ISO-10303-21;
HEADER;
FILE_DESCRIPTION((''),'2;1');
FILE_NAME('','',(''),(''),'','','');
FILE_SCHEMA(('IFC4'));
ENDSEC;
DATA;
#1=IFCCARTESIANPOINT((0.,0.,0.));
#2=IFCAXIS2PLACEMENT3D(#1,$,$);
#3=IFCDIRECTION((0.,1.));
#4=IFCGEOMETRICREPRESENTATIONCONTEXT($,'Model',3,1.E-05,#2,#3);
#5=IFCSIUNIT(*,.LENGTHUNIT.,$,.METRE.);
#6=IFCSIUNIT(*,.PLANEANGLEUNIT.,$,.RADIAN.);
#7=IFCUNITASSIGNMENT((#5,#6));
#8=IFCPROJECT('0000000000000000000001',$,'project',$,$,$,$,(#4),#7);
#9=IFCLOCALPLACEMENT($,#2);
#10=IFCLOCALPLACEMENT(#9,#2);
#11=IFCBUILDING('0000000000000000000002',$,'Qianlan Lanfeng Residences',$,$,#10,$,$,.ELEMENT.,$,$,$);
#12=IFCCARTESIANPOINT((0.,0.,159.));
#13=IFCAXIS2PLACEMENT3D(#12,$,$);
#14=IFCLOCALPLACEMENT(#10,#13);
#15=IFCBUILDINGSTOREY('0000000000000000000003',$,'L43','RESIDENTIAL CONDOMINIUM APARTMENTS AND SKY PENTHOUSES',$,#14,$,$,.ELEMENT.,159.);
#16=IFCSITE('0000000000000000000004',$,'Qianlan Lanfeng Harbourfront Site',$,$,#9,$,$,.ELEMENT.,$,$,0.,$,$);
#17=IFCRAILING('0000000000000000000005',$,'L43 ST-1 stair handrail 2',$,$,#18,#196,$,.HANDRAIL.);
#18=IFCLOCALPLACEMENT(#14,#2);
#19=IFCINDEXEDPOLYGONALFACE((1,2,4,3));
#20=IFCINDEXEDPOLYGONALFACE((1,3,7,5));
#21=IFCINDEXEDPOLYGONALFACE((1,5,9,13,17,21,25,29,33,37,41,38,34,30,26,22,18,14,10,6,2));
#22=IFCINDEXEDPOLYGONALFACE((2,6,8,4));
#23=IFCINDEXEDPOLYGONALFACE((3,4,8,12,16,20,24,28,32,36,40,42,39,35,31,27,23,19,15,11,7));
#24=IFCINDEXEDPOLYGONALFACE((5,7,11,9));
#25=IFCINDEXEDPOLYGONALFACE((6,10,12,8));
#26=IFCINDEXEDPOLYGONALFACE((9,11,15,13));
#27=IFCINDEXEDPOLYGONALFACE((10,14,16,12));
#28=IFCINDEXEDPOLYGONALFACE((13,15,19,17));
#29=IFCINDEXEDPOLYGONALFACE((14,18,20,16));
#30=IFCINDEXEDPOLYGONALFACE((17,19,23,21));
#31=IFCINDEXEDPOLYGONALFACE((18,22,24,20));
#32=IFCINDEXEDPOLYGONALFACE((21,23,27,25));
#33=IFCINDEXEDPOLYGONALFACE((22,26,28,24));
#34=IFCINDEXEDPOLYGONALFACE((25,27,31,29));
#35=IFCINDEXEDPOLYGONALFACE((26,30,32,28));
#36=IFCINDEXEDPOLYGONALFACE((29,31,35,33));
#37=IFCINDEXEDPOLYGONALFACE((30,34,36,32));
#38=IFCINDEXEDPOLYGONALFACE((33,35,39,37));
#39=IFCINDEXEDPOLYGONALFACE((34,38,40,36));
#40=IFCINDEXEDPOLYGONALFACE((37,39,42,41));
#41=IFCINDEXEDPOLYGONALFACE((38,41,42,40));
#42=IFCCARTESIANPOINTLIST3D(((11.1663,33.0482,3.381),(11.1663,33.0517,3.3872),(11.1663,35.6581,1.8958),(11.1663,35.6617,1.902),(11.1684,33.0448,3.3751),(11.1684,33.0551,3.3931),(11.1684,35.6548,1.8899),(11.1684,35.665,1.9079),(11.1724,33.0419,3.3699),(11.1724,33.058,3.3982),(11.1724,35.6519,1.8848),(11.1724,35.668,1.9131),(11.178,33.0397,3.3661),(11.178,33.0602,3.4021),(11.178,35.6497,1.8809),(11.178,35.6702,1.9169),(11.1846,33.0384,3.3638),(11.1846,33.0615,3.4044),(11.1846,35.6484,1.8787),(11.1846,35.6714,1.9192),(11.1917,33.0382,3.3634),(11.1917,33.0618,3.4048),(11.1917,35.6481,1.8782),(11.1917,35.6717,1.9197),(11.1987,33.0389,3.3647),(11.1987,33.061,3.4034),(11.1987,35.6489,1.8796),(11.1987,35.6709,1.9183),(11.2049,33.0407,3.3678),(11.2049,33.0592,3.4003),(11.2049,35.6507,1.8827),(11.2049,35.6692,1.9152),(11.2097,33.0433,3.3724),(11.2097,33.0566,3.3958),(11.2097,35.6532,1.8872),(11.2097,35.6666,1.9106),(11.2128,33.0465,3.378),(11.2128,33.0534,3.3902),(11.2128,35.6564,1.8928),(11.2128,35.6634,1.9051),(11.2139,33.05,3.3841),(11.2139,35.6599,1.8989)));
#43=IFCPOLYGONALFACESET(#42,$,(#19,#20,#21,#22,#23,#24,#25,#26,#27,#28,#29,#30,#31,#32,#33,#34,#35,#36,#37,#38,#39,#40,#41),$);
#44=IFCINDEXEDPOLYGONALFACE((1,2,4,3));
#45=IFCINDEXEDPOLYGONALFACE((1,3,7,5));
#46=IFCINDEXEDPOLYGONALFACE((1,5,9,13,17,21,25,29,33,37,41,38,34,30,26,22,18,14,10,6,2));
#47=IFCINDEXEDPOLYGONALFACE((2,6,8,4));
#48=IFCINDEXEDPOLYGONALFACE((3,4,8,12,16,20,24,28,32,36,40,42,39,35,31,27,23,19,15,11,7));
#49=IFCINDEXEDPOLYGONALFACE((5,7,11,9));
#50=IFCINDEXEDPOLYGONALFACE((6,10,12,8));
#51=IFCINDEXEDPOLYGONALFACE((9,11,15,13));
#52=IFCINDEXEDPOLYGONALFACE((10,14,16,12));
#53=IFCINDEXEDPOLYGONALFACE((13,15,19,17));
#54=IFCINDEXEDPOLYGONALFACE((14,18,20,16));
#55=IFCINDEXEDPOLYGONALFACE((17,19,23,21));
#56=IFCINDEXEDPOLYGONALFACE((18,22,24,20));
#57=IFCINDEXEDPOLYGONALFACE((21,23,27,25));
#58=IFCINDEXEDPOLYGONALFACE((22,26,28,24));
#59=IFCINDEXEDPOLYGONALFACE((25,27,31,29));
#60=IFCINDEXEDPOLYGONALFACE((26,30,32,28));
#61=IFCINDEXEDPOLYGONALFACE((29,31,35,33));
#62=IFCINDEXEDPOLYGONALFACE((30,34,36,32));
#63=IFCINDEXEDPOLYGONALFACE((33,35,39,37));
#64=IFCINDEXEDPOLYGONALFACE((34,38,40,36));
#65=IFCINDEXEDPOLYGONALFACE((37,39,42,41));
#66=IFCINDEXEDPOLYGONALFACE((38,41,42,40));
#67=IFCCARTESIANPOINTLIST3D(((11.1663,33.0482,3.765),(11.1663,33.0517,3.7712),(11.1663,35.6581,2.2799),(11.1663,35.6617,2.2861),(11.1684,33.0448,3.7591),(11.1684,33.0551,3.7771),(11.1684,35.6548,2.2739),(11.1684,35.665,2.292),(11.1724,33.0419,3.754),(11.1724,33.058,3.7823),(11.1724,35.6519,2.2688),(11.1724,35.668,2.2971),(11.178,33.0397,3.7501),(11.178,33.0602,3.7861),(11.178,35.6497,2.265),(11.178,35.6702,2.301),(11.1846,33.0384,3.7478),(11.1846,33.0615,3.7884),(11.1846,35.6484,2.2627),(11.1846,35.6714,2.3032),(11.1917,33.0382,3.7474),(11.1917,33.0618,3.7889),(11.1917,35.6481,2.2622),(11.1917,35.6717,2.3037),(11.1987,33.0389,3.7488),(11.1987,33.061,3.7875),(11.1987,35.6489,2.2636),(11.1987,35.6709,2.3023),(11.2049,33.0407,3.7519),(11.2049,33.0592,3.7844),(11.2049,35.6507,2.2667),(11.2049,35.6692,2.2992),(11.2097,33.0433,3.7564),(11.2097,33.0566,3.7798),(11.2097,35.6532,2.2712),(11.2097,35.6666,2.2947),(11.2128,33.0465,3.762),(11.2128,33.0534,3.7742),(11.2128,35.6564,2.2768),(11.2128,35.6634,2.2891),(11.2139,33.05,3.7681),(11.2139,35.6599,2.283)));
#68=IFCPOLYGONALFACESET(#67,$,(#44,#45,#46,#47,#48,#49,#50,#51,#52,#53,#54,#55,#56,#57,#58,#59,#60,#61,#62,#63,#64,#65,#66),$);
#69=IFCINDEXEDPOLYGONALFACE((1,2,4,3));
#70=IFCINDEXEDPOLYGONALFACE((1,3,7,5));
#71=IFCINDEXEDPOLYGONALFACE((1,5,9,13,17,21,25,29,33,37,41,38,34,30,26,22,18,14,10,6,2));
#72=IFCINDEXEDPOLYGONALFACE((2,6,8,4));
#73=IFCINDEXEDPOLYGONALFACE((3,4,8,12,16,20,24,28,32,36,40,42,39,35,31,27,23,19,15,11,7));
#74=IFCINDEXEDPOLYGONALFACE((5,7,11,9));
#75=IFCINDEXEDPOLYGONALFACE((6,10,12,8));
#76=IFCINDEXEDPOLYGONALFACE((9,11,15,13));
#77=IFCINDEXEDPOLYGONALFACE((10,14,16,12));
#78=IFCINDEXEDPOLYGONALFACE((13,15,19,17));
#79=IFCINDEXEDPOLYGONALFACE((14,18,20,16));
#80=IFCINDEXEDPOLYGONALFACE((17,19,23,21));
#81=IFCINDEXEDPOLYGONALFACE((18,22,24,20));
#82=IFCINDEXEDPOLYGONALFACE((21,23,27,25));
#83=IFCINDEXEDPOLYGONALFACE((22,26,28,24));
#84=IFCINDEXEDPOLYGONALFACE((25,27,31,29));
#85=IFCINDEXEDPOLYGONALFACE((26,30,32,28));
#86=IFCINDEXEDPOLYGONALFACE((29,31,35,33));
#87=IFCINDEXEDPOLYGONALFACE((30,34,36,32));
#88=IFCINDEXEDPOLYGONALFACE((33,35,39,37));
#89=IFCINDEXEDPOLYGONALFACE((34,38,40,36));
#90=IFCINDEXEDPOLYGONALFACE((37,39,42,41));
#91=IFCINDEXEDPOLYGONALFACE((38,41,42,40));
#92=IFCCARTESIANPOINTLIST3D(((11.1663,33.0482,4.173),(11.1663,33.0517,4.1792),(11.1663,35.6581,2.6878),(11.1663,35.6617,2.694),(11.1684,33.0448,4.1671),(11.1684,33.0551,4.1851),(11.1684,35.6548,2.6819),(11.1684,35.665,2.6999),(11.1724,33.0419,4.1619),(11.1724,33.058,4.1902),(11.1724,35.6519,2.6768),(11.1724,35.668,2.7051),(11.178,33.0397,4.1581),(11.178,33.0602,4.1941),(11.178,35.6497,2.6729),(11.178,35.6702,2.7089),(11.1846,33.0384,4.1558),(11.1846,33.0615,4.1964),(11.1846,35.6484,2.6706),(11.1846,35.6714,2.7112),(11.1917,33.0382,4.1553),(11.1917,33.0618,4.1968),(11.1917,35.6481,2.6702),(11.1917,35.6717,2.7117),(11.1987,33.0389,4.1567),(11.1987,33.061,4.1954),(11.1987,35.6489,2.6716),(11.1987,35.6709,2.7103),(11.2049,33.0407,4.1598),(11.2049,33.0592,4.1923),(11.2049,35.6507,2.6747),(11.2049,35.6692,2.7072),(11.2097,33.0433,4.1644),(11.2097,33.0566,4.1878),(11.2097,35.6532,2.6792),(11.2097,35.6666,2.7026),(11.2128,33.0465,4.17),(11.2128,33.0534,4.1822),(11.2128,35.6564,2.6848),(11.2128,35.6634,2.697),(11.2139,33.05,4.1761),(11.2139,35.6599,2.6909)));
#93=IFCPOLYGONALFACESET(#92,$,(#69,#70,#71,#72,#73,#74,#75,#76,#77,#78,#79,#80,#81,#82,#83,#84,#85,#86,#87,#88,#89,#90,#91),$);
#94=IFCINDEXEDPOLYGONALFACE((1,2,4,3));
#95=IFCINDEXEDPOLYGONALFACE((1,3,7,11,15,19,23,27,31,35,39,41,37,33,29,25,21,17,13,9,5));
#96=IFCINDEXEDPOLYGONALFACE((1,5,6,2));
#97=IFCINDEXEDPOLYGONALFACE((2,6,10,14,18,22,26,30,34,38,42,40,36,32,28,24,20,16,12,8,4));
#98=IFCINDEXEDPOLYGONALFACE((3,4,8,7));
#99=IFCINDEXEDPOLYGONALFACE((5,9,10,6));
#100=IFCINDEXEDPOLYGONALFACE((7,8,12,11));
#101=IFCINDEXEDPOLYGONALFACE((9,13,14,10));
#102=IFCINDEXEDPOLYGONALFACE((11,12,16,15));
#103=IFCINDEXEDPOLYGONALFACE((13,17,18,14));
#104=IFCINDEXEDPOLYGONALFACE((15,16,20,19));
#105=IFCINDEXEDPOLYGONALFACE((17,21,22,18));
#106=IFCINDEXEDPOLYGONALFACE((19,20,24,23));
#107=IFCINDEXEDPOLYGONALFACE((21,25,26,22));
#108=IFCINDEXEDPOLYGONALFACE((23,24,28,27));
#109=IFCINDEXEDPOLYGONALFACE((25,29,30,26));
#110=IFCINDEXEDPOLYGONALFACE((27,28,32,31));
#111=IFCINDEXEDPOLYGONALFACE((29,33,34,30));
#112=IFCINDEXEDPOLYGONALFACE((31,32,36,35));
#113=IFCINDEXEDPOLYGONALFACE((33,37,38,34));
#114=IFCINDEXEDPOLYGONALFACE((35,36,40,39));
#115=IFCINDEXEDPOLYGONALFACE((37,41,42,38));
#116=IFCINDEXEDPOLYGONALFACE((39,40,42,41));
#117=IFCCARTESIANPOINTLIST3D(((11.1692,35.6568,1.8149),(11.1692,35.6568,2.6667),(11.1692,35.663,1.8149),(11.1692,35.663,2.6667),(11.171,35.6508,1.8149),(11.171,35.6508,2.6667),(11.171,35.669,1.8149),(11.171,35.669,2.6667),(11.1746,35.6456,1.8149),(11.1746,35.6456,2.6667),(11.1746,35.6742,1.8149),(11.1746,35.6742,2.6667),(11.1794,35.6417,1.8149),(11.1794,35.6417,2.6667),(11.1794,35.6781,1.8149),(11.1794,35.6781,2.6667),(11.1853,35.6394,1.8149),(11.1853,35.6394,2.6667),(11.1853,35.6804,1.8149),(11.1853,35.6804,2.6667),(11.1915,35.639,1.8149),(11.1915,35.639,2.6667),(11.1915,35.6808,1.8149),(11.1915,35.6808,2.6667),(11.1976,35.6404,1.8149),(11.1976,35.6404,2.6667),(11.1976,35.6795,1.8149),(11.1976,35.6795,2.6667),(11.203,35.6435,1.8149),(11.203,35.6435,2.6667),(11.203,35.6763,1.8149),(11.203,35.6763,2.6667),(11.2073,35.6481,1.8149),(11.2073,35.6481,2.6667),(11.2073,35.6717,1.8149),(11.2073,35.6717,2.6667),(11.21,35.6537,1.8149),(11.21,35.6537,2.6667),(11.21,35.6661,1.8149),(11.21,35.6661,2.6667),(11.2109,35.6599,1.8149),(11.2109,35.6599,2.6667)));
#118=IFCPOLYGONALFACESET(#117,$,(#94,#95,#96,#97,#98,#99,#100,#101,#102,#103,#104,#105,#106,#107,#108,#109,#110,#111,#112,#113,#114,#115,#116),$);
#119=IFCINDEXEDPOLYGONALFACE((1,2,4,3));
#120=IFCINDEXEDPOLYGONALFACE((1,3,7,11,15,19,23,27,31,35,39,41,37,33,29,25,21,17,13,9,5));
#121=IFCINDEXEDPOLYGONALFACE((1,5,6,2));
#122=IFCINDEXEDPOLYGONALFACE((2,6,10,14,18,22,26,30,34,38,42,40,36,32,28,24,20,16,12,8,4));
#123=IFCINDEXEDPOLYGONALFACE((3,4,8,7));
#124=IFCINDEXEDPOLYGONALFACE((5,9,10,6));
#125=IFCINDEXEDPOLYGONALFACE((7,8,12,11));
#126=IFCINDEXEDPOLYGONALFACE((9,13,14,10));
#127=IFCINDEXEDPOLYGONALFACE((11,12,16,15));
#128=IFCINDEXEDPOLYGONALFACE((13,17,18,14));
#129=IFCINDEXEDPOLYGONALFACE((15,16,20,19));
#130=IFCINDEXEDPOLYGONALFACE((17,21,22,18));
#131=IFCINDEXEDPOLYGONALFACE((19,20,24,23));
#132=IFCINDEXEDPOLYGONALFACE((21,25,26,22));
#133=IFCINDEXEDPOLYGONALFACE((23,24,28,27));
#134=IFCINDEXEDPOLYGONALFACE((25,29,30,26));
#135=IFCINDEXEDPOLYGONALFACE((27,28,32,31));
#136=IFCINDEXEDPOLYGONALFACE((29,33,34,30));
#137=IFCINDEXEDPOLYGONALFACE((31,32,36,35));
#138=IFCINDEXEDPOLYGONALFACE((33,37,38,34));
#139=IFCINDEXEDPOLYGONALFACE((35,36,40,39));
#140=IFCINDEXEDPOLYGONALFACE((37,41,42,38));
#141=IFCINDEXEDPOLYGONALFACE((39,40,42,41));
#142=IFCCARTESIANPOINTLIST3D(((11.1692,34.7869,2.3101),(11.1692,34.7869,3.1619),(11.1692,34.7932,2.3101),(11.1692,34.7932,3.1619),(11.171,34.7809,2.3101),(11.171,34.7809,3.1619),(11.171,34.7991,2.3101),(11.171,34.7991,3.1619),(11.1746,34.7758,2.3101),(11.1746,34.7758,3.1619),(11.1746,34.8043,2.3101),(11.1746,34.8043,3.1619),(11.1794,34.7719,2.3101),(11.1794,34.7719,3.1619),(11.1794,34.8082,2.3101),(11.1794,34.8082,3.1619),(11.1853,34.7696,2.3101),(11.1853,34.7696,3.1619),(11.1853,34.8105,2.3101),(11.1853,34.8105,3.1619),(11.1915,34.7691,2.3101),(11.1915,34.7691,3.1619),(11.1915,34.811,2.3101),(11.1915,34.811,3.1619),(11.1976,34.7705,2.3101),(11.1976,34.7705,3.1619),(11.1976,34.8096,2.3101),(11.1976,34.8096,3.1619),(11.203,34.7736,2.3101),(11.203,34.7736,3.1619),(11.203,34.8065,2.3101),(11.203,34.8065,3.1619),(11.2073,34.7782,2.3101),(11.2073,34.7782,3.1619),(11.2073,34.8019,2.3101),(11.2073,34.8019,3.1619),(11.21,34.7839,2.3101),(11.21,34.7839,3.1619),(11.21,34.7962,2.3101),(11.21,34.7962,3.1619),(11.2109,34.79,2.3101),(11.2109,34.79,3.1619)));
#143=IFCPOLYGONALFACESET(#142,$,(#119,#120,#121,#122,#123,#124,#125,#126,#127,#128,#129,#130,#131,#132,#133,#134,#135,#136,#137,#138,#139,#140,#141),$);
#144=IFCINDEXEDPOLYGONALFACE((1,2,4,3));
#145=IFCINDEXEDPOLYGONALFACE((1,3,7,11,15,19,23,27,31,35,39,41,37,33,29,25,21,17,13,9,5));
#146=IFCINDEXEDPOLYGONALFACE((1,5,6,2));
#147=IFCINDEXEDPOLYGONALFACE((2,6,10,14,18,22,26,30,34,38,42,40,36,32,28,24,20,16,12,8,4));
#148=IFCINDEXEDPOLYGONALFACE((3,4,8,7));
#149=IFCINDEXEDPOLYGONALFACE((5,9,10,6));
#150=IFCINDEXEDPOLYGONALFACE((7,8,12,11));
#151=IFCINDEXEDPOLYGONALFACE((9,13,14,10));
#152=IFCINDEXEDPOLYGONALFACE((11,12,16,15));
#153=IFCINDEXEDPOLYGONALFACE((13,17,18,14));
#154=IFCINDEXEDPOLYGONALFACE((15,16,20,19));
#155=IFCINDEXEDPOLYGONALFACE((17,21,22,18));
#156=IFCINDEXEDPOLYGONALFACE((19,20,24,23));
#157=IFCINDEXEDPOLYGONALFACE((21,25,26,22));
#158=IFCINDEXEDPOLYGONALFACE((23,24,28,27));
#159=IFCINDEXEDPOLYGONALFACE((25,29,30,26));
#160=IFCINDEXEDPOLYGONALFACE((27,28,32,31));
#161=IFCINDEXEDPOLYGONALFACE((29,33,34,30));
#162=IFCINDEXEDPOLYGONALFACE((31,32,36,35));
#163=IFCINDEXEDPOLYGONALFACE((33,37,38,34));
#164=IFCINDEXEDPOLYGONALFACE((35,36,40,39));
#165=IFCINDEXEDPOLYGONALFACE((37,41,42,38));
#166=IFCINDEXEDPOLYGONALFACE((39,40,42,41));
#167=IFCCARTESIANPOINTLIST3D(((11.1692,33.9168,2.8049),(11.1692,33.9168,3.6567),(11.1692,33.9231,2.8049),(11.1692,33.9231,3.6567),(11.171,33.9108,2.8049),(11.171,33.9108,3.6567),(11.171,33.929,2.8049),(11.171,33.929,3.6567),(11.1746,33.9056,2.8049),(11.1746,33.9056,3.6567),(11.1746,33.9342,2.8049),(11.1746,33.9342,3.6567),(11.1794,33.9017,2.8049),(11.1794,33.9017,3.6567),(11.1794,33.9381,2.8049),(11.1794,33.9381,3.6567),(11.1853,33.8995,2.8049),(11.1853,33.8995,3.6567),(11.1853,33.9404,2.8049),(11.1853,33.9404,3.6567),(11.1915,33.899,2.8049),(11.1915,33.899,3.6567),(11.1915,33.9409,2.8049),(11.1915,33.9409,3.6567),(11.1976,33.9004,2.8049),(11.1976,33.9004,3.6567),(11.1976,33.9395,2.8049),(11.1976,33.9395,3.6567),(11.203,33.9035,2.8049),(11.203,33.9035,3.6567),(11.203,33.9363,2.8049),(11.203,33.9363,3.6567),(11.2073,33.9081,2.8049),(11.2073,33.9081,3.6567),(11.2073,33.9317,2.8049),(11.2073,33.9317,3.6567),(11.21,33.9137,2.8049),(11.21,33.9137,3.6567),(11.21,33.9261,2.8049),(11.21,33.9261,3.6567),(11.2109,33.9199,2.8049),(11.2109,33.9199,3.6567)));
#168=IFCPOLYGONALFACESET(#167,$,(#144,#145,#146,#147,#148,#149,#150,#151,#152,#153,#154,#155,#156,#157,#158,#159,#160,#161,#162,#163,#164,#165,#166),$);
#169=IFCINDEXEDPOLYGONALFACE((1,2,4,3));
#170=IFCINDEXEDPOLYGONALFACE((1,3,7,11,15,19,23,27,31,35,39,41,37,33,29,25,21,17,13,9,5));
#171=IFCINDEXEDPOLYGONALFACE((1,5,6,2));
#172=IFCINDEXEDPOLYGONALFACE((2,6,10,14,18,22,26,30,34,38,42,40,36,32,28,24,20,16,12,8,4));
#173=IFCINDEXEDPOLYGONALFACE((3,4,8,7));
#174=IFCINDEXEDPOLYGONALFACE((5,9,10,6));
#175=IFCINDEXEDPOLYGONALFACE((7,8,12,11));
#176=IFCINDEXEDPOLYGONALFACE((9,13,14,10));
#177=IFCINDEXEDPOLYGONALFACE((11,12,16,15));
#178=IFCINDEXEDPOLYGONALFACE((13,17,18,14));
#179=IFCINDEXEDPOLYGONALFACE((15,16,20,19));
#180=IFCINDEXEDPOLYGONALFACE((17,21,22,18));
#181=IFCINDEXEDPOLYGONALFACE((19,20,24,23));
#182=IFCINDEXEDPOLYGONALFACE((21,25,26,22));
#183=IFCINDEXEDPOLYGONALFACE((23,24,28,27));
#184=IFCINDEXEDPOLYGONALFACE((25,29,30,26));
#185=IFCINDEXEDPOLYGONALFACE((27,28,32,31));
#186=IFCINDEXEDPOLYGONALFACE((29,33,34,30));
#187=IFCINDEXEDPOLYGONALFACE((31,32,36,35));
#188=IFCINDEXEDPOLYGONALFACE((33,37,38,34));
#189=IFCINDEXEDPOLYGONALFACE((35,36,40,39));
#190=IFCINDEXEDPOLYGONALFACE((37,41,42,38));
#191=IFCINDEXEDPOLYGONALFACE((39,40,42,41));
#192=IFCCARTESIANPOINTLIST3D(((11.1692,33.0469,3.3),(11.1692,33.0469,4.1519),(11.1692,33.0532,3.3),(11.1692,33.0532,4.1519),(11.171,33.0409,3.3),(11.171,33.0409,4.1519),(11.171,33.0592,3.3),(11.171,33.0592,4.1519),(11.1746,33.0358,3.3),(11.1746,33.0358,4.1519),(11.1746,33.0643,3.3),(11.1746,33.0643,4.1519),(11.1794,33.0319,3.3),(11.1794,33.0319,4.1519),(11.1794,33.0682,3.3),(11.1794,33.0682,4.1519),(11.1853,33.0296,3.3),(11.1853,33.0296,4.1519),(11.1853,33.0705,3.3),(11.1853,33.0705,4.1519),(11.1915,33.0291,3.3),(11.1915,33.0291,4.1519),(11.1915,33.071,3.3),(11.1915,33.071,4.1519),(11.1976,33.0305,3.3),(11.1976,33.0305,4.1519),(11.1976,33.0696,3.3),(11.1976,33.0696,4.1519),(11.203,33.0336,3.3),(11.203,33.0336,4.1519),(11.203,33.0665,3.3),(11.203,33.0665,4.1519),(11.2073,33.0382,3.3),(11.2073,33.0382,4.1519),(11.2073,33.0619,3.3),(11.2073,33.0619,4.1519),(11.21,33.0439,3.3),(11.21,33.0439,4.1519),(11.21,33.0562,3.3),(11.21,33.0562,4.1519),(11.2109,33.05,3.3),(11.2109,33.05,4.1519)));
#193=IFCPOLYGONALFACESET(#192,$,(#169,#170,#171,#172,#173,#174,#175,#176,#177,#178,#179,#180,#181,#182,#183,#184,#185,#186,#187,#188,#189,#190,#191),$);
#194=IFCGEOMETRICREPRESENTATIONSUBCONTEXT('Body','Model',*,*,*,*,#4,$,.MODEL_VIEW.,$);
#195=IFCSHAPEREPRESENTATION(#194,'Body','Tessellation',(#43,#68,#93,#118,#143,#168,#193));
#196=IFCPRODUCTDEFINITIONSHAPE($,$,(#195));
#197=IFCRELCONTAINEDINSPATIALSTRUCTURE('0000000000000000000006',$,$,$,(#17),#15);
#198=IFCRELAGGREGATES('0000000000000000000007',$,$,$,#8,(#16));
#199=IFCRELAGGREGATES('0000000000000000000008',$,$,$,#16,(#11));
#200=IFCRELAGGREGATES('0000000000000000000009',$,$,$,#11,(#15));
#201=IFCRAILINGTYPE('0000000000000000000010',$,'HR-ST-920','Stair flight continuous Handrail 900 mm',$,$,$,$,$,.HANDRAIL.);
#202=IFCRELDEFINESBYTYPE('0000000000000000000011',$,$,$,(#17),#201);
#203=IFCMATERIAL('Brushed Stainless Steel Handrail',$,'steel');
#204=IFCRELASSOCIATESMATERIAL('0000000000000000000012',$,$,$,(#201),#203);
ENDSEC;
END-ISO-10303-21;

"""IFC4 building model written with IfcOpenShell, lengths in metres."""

from ifc_helpers import new_model, si_unit, direction, frame, origin, origin_2d, place, context, subcontext, project, spatial, circle, extrude, material, type_object, element, save


model = new_model("IFC4")

# Units and contexts
model_context = context("Model", 3, precision=1e-05, world=origin(), true_north=direction((0.0, 1.0)))
body_context = subcontext(model_context, "Body", "Model", "MODEL_VIEW")
ifc_project = project(units=[si_unit("LENGTHUNIT", "METRE"), si_unit("PLANEANGLEUNIT", "RADIAN")], contexts=[model_context])

# Site, building, storey
site_placement = place(None, origin())
site = spatial("IfcSite", under=ifc_project, at=site_placement, Name="Qianlan Lanfeng Harbourfront Site", CompositionType="ELEMENT", RefElevation=0.0)
building_placement = place(site_placement, origin())
building = spatial("IfcBuilding", under=site, at=building_placement, Name="Qianlan Lanfeng Residences", CompositionType="ELEMENT")
storey_placement = place(building_placement, frame((0.0, 0.0, 159.0)))
storey = spatial("IfcBuildingStorey", under=building, at=storey_placement, Name="L43", Description="RESIDENTIAL CONDOMINIUM APARTMENTS AND SKY PENTHOUSES", CompositionType="ELEMENT", Elevation=159.0)

# Railing
ifc_material_1 = material(Name="Brushed Stainless Steel Handrail", Category="steel")
railing_type_1 = type_object("IfcRailingType", Name="HR-ST-920", Description="Stair flight continuous Handrail 900 mm", PredefinedType="HANDRAIL", material=ifc_material_1)
railing_1_placement = place(storey_placement, frame((11.1899, 35.6599, 1.8149)))
element("IfcRailing", 1, at=railing_1_placement, inside=storey, type_object=railing_type_1, Name="L43 ST-1 stair handrail 2", PredefinedType="HANDRAIL", context=body_context, shape_type="SweptSolid", body=[
    extrude(circle(Radius=0.0239, at=origin_2d()), frame((0.0, 0.0, 0.084), z_axis=(0.0, -0.869137, 0.494571), x_axis=(1.0, 0.0, 0.0)), (0.0, 0.0, 1.0), 3.0029),
    extrude(circle(Radius=0.0239, at=origin_2d()), frame((0.0, 0.0, 0.468), z_axis=(0.0, -0.869137, 0.494571), x_axis=(1.0, 0.0, 0.0)), (0.0, 0.0, 1.0), 3.0029),
    extrude(circle(Radius=0.0239, at=origin_2d()), frame((0.0, 0.0, 0.876), z_axis=(0.0, -0.869137, 0.494571), x_axis=(1.0, 0.0, 0.0)), (0.0, 0.0, 1.0), 3.0029),
    extrude(circle(Radius=0.021, at=origin_2d()), origin(), (0.0, 0.0, 1.0), 0.8518),
    extrude(circle(Radius=0.021, at=origin_2d()), frame((0.0, -0.8699, 0.4951)), (0.0, 0.0, 1.0), 0.8518),
    extrude(circle(Radius=0.021, at=origin_2d()), frame((0.0, -1.74, 0.99)), (0.0, 0.0, 1.0), 0.8518),
    extrude(circle(Radius=0.021, at=origin_2d()), frame((0.0, -2.6099, 1.4851)), (0.0, 0.0, 1.0), 0.8518),
])

save(model, "model.ifc")
